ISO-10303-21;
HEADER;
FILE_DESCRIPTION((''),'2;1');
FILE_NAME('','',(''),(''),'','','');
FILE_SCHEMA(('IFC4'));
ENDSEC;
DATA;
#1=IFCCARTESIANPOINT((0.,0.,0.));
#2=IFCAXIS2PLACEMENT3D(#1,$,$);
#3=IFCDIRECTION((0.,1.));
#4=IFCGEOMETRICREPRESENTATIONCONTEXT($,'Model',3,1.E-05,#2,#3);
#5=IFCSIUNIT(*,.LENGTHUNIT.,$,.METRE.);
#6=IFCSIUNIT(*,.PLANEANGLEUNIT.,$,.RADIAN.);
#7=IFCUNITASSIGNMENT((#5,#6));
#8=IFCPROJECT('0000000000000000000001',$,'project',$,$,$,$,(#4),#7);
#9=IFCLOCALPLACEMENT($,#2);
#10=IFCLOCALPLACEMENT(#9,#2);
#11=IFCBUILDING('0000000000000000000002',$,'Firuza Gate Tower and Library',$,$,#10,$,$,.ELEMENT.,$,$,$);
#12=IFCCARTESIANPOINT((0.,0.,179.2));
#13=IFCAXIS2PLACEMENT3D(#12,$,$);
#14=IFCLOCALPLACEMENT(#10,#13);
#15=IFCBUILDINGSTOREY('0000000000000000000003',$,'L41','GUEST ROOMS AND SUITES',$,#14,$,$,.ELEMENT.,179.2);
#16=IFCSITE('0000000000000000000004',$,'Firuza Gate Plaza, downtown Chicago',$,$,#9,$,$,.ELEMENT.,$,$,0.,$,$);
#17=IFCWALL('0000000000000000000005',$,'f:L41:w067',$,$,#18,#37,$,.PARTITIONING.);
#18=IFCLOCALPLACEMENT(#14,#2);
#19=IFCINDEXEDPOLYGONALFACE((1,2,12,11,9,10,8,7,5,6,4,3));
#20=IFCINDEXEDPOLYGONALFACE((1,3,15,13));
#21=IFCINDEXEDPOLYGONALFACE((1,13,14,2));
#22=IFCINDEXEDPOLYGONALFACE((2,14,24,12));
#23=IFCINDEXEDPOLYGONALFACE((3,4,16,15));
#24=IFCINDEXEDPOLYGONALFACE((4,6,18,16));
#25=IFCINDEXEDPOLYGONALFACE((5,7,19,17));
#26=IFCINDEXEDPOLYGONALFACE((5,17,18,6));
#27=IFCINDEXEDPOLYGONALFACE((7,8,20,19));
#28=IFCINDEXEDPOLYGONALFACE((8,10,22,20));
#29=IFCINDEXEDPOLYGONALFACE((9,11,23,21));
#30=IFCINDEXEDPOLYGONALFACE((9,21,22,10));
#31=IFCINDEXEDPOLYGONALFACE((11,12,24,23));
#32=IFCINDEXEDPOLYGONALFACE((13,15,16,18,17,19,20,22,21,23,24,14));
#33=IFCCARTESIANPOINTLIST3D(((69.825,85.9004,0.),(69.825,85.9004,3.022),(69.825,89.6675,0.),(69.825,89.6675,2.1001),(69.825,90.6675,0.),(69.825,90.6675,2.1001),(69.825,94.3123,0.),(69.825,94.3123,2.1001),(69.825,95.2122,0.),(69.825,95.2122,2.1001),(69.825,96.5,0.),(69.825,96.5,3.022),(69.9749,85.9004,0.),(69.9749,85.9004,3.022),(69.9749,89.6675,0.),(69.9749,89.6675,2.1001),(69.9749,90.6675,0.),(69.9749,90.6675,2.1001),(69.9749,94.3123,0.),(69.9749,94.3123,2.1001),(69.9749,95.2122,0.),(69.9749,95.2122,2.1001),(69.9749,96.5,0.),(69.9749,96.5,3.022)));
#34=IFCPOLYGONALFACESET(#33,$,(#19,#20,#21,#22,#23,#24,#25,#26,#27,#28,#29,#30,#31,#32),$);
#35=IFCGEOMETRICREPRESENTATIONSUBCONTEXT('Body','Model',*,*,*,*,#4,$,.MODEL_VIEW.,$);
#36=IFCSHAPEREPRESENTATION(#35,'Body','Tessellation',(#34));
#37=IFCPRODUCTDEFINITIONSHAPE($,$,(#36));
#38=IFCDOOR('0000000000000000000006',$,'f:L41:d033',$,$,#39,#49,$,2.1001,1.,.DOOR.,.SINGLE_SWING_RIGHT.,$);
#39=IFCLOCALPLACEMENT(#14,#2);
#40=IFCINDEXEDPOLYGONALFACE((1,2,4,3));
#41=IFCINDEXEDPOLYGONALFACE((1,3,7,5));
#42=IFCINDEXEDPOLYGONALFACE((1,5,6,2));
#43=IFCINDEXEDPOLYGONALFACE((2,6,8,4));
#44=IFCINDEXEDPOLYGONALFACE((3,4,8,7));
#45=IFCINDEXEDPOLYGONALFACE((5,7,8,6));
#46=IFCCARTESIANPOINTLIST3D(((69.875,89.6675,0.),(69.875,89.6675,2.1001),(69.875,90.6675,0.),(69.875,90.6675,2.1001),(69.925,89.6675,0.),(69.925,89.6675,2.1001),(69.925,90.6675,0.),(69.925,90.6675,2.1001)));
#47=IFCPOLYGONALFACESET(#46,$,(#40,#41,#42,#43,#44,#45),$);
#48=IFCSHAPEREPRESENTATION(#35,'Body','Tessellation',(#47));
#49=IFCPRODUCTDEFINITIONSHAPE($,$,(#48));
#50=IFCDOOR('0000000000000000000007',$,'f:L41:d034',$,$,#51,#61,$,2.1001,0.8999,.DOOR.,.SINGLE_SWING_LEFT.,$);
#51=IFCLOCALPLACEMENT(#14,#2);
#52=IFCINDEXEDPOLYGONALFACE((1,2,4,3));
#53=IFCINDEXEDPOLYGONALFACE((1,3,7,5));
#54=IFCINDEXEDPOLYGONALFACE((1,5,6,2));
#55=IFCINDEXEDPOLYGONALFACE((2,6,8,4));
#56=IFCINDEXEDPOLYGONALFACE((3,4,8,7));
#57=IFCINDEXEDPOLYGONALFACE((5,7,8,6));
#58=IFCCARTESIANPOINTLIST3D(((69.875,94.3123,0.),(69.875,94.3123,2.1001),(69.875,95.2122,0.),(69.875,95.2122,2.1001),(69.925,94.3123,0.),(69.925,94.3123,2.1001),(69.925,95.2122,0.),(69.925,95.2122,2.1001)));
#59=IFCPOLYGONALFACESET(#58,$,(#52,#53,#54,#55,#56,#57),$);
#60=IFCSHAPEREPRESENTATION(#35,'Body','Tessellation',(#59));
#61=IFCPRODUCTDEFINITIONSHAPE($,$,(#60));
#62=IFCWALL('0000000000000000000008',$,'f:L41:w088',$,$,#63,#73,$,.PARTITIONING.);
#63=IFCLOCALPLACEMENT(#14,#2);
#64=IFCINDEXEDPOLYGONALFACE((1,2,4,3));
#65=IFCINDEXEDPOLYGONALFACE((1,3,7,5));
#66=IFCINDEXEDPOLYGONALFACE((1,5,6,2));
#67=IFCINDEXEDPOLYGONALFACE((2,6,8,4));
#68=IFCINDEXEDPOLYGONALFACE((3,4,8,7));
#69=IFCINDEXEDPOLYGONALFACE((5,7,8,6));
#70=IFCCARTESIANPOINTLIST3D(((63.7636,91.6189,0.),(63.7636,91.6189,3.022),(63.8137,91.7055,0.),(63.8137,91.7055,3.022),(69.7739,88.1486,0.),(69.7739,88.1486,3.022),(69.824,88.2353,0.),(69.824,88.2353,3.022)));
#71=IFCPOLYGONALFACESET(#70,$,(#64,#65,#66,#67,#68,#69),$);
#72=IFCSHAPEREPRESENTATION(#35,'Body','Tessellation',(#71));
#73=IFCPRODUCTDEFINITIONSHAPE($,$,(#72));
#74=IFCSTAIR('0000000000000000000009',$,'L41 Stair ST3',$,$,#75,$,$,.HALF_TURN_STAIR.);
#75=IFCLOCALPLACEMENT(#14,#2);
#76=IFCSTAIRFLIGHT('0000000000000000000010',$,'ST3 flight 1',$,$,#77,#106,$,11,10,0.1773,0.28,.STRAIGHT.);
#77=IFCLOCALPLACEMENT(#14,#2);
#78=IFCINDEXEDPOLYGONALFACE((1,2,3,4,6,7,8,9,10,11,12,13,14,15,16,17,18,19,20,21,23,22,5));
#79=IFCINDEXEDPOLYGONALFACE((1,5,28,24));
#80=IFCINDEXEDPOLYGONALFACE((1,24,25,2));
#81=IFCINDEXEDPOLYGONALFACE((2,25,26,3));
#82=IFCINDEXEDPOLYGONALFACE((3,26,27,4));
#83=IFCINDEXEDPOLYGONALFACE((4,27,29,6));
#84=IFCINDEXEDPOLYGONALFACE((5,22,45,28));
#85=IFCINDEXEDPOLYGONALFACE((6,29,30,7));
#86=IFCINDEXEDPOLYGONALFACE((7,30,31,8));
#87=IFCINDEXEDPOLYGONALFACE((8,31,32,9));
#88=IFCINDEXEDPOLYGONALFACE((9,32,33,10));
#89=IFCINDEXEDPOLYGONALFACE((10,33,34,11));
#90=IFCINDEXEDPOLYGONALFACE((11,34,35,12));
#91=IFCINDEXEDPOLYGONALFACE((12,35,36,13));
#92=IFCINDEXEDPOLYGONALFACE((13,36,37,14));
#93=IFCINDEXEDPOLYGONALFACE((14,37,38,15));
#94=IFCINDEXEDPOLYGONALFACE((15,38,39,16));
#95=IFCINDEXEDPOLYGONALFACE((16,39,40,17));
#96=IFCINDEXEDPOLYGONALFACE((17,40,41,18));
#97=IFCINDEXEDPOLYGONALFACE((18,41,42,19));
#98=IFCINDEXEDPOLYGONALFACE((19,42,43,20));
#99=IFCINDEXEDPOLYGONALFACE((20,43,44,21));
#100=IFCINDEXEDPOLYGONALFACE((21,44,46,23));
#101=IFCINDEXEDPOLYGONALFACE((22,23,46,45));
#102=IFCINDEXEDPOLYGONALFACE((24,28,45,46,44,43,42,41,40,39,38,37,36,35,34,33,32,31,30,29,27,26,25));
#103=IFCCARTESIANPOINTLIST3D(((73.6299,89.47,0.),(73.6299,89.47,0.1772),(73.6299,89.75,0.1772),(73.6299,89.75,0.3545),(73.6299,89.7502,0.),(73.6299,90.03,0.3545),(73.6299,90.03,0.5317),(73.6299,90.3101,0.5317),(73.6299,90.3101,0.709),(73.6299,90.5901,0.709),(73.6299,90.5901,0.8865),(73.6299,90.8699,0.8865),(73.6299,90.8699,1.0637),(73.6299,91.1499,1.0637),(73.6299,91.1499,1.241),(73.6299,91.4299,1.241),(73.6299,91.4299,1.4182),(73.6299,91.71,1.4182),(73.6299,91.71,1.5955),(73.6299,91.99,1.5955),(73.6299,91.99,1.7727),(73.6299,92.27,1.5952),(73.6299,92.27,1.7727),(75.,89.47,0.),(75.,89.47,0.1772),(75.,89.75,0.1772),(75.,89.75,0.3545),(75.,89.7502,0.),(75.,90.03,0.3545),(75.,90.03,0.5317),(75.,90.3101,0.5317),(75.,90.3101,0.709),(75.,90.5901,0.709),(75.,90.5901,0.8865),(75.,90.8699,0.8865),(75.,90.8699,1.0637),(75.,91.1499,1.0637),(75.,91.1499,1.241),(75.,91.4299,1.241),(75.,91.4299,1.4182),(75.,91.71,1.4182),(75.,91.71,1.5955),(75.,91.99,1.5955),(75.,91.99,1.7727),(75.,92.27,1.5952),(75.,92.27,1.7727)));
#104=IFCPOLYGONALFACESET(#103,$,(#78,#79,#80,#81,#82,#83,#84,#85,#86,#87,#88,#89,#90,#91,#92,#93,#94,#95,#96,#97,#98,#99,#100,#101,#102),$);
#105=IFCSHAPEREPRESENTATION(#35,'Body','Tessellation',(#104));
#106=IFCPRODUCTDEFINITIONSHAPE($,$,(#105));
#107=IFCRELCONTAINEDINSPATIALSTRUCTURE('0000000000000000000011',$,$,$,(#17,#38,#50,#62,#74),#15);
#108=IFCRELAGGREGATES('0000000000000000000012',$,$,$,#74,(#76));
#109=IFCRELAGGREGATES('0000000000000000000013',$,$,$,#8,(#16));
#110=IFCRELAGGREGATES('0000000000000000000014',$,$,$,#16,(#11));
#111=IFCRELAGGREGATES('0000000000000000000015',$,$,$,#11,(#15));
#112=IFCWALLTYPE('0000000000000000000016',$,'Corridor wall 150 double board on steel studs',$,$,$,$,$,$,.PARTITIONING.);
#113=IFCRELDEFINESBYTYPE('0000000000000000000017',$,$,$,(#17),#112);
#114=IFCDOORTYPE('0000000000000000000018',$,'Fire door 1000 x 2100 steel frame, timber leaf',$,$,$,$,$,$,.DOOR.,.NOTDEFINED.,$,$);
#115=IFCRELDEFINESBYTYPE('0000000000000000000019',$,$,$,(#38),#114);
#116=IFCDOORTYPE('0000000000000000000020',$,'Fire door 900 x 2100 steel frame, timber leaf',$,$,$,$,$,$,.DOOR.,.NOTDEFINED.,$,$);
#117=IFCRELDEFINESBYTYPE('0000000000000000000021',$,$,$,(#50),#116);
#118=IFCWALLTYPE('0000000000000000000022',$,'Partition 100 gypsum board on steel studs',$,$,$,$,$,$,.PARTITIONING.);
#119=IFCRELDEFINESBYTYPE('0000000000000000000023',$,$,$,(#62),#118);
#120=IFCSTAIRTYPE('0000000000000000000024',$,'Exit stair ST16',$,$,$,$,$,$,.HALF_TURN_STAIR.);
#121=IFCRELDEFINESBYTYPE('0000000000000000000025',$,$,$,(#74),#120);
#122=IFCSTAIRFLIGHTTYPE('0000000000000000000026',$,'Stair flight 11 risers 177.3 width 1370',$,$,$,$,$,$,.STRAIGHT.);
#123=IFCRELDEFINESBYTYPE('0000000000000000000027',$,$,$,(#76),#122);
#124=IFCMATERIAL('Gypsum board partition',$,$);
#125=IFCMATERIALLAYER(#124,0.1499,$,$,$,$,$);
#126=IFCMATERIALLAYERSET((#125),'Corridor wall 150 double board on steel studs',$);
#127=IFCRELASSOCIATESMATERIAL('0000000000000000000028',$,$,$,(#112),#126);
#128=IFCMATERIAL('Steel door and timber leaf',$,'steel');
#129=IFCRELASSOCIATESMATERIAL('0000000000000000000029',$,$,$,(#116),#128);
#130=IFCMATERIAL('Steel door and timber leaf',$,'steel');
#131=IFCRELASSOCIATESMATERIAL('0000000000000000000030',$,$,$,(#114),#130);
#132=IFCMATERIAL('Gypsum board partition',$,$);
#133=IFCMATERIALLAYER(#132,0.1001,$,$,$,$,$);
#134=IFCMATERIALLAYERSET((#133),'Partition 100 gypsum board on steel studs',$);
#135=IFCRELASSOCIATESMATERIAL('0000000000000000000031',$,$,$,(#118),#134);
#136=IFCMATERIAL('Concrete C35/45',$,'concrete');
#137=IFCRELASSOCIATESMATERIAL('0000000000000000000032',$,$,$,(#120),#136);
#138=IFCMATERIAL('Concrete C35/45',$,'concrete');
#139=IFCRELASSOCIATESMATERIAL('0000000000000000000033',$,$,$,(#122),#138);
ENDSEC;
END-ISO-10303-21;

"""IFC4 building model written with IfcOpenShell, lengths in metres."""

from ifc_helpers import new_model, si_unit, direction, frame, frame_2d, origin, place, context, subcontext, project, spatial, polyline, rectangle, outline, extrude, material, layer, layer_set, type_object, element, fill, aggregate, save


model = new_model("IFC4")

# Units and contexts
model_context = context("Model", 3, precision=1e-05, world=origin(), true_north=direction((0.0, 1.0)))
body_context = subcontext(model_context, "Body", "Model", "MODEL_VIEW")
ifc_project = project(units=[si_unit("LENGTHUNIT", "METRE"), si_unit("PLANEANGLEUNIT", "RADIAN")], contexts=[model_context])

# Site, building, storey
site_placement = place(None, origin())
site = spatial("IfcSite", under=ifc_project, at=site_placement, Name="Firuza Gate Plaza, downtown Chicago", CompositionType="ELEMENT", RefElevation=0.0)
building_placement = place(site_placement, origin())
building = spatial("IfcBuilding", under=site, at=building_placement, Name="Firuza Gate Tower and Library", CompositionType="ELEMENT")
storey_placement = place(building_placement, frame((0.0, 0.0, 179.2)))
storey = spatial("IfcBuildingStorey", under=building, at=storey_placement, Name="L41", Description="GUEST ROOMS AND SUITES", CompositionType="ELEMENT", Elevation=179.2)

# Shared definitions
ifc_material_1 = material(Name="Gypsum board partition")
ifc_layer_1 = layer(ifc_material_1, 0.1499)
ifc_layer_set_1 = layer_set([ifc_layer_1], Name="Corridor wall 150 double board on steel studs")
wall_type_1 = type_object("IfcWallType", Name="Corridor wall 150 double board on steel studs", PredefinedType="PARTITIONING", material=ifc_layer_set_1)
ifc_material_2 = material(Name="Steel door and timber leaf", Category="steel")
door_type_1 = type_object("IfcDoorType", Name="Fire door 900 x 2100 steel frame, timber leaf", OperationType="NOTDEFINED", PredefinedType="DOOR", material=ifc_material_2)

# Wall, openings, doors
wall_1_placement = place(storey_placement, frame((69.8999, 85.9004, 0.0), z_axis=(0.0, 0.0, 1.0), x_axis=(0.0, 1.0, 0.0)))
wall_1 = element("IfcWall", 1, at=wall_1_placement, inside=storey, type_object=wall_type_1, Name="f:L41:w067", PredefinedType="PARTITIONING", context=body_context, shape_type="SweptSolid", body=[
    extrude(rectangle(XDim=10.5996, YDim=0.1499, at=frame_2d((5.2998, 0.0))), origin(), (0.0, 0.0, 1.0), 3.022),
])
opening_1_placement = place(wall_1_placement, frame((3.7671, 0.0, 0.0)))
opening_1 = element("IfcOpeningElement", 2, at=opening_1_placement, cuts=wall_1, PredefinedType="OPENING", context=body_context, shape_type="SweptSolid", body=[
    extrude(rectangle(XDim=1.0, YDim=2.1001, at=frame_2d((0.5, 1.05))), frame((0.0, 0.085, 0.0), z_axis=(0.0, -1.0, 0.0), x_axis=(1.0, 0.0, 0.0)), (0.0, 0.0, 1.0), 0.1699),
])
opening_2_placement = place(wall_1_placement, frame((8.4119, 0.0, 0.0)))
opening_2 = element("IfcOpeningElement", 3, at=opening_2_placement, cuts=wall_1, PredefinedType="OPENING", context=body_context, shape_type="SweptSolid", body=[
    extrude(rectangle(XDim=0.8999, YDim=2.1001, at=frame_2d((0.45, 1.05))), frame((0.0, 0.085, 0.0), z_axis=(0.0, -1.0, 0.0), x_axis=(1.0, 0.0, 0.0)), (0.0, 0.0, 1.0), 0.1699),
])
ifc_material_3 = material(Name="Steel door and timber leaf", Category="steel")
door_type_2 = type_object("IfcDoorType", Name="Fire door 1000 x 2100 steel frame, timber leaf", OperationType="NOTDEFINED", PredefinedType="DOOR", material=ifc_material_3)
door_1_placement = place(opening_1_placement, origin())
door_1 = element("IfcDoor", 4, at=door_1_placement, inside=storey, type_object=door_type_2, Name="f:L41:d033", OperationType="SINGLE_SWING_RIGHT", OverallHeight=2.1001, OverallWidth=1.0, PredefinedType="DOOR", context=body_context, shape_type="SweptSolid", body=[
    extrude(rectangle(XDim=1.0, YDim=2.1001, at=frame_2d((0.5, 1.05))), frame((0.0, 0.0249, 0.0), z_axis=(0.0, -1.0, 0.0), x_axis=(1.0, 0.0, 0.0)), (0.0, 0.0, 1.0), 0.05),
])
fill(opening_1, door_1)
door_2_placement = place(opening_2_placement, origin())
door_2 = element("IfcDoor", 5, at=door_2_placement, inside=storey, type_object=door_type_1, Name="f:L41:d034", OperationType="SINGLE_SWING_LEFT", OverallHeight=2.1001, OverallWidth=0.8999, PredefinedType="DOOR", context=body_context, shape_type="SweptSolid", body=[
    extrude(rectangle(XDim=0.8999, YDim=2.1001, at=frame_2d((0.45, 1.05))), frame((0.0, 0.0249, 0.0), z_axis=(0.0, -1.0, 0.0), x_axis=(1.0, 0.0, 0.0)), (0.0, 0.0, 1.0), 0.05),
])
fill(opening_2, door_2)

# Wall
ifc_material_4 = material(Name="Gypsum board partition")
ifc_layer_2 = layer(ifc_material_4, 0.1001)
ifc_layer_set_2 = layer_set([ifc_layer_2], Name="Partition 100 gypsum board on steel studs")
wall_type_2 = type_object("IfcWallType", Name="Partition 100 gypsum board on steel studs", PredefinedType="PARTITIONING", material=ifc_layer_set_2)
wall_2_placement = place(storey_placement, frame((69.7991, 88.1919, 0.0), z_axis=(0.0, 0.0, 1.0), x_axis=(-0.866013, 0.500021, 0.0)))
element("IfcWall", 6, at=wall_2_placement, inside=storey, type_object=wall_type_2, Name="f:L41:w088", PredefinedType="PARTITIONING", context=body_context, shape_type="SweptSolid", body=[
    extrude(rectangle(XDim=6.9402, YDim=0.1001, at=frame_2d((3.4702, 0.0))), origin(), (0.0, 0.0, 1.0), 3.022),
])

# Stair, stair flight
ifc_material_5 = material(Name="Concrete C35/45", Category="concrete")
stair_type = type_object("IfcStairType", Name="Exit stair ST16", PredefinedType="HALF_TURN_STAIR", material=ifc_material_5)
stair_placement = place(storey_placement, origin())
stair = element("IfcStair", 7, at=stair_placement, inside=storey, type_object=stair_type, Name="L41 Stair ST3", PredefinedType="HALF_TURN_STAIR")
ifc_material_6 = material(Name="Concrete C35/45", Category="concrete")
stair_flight_type = type_object("IfcStairFlightType", Name="Stair flight 11 risers 177.3 width 1370", PredefinedType="STRAIGHT", material=ifc_material_6)
stair_flight_placement = place(storey_placement, frame((74.3149, 89.47, 0.0), z_axis=(0.0, 0.0, 1.0), x_axis=(0.0, 1.0, 0.0)))
stair_flight = element("IfcStairFlight", 8, at=stair_flight_placement, type_object=stair_flight_type, Name="ST3 flight 1", NumberOfRisers=11, NumberOfTreads=10, PredefinedType="STRAIGHT", RiserHeight=0.1773, TreadLength=0.28, context=body_context, shape_type="SweptSolid", body=[
    extrude(outline(polyline([(0.0, 0.0), (0.0, 0.1772), (0.28, 0.1772), (0.28, 0.3545), (0.5601, 0.3545), (0.5601, 0.5317), (0.8401, 0.5317), (0.8401, 0.709), (1.1201, 0.709), (1.1201, 0.8865), (1.3999, 0.8865), (1.3999, 1.0637), (1.6799, 1.0637), (1.6799, 1.241), (1.96, 1.241), (1.96, 1.4182), (2.24, 1.4182), (2.24, 1.5955), (2.52, 1.5955), (2.52, 1.7727), (2.8, 1.7727), (2.8, 1.95), (2.8, 1.5952), (0.2803, 0.0), (0.0, 0.0)])), frame((0.0, 0.6851, 0.0), z_axis=(0.0, -1.0, 0.0), x_axis=(1.0, 0.0, 0.0)), (0.0, 0.0, 1.0), 1.3701),
])
aggregate(stair, [stair_flight])

save(model, "model.ifc")
